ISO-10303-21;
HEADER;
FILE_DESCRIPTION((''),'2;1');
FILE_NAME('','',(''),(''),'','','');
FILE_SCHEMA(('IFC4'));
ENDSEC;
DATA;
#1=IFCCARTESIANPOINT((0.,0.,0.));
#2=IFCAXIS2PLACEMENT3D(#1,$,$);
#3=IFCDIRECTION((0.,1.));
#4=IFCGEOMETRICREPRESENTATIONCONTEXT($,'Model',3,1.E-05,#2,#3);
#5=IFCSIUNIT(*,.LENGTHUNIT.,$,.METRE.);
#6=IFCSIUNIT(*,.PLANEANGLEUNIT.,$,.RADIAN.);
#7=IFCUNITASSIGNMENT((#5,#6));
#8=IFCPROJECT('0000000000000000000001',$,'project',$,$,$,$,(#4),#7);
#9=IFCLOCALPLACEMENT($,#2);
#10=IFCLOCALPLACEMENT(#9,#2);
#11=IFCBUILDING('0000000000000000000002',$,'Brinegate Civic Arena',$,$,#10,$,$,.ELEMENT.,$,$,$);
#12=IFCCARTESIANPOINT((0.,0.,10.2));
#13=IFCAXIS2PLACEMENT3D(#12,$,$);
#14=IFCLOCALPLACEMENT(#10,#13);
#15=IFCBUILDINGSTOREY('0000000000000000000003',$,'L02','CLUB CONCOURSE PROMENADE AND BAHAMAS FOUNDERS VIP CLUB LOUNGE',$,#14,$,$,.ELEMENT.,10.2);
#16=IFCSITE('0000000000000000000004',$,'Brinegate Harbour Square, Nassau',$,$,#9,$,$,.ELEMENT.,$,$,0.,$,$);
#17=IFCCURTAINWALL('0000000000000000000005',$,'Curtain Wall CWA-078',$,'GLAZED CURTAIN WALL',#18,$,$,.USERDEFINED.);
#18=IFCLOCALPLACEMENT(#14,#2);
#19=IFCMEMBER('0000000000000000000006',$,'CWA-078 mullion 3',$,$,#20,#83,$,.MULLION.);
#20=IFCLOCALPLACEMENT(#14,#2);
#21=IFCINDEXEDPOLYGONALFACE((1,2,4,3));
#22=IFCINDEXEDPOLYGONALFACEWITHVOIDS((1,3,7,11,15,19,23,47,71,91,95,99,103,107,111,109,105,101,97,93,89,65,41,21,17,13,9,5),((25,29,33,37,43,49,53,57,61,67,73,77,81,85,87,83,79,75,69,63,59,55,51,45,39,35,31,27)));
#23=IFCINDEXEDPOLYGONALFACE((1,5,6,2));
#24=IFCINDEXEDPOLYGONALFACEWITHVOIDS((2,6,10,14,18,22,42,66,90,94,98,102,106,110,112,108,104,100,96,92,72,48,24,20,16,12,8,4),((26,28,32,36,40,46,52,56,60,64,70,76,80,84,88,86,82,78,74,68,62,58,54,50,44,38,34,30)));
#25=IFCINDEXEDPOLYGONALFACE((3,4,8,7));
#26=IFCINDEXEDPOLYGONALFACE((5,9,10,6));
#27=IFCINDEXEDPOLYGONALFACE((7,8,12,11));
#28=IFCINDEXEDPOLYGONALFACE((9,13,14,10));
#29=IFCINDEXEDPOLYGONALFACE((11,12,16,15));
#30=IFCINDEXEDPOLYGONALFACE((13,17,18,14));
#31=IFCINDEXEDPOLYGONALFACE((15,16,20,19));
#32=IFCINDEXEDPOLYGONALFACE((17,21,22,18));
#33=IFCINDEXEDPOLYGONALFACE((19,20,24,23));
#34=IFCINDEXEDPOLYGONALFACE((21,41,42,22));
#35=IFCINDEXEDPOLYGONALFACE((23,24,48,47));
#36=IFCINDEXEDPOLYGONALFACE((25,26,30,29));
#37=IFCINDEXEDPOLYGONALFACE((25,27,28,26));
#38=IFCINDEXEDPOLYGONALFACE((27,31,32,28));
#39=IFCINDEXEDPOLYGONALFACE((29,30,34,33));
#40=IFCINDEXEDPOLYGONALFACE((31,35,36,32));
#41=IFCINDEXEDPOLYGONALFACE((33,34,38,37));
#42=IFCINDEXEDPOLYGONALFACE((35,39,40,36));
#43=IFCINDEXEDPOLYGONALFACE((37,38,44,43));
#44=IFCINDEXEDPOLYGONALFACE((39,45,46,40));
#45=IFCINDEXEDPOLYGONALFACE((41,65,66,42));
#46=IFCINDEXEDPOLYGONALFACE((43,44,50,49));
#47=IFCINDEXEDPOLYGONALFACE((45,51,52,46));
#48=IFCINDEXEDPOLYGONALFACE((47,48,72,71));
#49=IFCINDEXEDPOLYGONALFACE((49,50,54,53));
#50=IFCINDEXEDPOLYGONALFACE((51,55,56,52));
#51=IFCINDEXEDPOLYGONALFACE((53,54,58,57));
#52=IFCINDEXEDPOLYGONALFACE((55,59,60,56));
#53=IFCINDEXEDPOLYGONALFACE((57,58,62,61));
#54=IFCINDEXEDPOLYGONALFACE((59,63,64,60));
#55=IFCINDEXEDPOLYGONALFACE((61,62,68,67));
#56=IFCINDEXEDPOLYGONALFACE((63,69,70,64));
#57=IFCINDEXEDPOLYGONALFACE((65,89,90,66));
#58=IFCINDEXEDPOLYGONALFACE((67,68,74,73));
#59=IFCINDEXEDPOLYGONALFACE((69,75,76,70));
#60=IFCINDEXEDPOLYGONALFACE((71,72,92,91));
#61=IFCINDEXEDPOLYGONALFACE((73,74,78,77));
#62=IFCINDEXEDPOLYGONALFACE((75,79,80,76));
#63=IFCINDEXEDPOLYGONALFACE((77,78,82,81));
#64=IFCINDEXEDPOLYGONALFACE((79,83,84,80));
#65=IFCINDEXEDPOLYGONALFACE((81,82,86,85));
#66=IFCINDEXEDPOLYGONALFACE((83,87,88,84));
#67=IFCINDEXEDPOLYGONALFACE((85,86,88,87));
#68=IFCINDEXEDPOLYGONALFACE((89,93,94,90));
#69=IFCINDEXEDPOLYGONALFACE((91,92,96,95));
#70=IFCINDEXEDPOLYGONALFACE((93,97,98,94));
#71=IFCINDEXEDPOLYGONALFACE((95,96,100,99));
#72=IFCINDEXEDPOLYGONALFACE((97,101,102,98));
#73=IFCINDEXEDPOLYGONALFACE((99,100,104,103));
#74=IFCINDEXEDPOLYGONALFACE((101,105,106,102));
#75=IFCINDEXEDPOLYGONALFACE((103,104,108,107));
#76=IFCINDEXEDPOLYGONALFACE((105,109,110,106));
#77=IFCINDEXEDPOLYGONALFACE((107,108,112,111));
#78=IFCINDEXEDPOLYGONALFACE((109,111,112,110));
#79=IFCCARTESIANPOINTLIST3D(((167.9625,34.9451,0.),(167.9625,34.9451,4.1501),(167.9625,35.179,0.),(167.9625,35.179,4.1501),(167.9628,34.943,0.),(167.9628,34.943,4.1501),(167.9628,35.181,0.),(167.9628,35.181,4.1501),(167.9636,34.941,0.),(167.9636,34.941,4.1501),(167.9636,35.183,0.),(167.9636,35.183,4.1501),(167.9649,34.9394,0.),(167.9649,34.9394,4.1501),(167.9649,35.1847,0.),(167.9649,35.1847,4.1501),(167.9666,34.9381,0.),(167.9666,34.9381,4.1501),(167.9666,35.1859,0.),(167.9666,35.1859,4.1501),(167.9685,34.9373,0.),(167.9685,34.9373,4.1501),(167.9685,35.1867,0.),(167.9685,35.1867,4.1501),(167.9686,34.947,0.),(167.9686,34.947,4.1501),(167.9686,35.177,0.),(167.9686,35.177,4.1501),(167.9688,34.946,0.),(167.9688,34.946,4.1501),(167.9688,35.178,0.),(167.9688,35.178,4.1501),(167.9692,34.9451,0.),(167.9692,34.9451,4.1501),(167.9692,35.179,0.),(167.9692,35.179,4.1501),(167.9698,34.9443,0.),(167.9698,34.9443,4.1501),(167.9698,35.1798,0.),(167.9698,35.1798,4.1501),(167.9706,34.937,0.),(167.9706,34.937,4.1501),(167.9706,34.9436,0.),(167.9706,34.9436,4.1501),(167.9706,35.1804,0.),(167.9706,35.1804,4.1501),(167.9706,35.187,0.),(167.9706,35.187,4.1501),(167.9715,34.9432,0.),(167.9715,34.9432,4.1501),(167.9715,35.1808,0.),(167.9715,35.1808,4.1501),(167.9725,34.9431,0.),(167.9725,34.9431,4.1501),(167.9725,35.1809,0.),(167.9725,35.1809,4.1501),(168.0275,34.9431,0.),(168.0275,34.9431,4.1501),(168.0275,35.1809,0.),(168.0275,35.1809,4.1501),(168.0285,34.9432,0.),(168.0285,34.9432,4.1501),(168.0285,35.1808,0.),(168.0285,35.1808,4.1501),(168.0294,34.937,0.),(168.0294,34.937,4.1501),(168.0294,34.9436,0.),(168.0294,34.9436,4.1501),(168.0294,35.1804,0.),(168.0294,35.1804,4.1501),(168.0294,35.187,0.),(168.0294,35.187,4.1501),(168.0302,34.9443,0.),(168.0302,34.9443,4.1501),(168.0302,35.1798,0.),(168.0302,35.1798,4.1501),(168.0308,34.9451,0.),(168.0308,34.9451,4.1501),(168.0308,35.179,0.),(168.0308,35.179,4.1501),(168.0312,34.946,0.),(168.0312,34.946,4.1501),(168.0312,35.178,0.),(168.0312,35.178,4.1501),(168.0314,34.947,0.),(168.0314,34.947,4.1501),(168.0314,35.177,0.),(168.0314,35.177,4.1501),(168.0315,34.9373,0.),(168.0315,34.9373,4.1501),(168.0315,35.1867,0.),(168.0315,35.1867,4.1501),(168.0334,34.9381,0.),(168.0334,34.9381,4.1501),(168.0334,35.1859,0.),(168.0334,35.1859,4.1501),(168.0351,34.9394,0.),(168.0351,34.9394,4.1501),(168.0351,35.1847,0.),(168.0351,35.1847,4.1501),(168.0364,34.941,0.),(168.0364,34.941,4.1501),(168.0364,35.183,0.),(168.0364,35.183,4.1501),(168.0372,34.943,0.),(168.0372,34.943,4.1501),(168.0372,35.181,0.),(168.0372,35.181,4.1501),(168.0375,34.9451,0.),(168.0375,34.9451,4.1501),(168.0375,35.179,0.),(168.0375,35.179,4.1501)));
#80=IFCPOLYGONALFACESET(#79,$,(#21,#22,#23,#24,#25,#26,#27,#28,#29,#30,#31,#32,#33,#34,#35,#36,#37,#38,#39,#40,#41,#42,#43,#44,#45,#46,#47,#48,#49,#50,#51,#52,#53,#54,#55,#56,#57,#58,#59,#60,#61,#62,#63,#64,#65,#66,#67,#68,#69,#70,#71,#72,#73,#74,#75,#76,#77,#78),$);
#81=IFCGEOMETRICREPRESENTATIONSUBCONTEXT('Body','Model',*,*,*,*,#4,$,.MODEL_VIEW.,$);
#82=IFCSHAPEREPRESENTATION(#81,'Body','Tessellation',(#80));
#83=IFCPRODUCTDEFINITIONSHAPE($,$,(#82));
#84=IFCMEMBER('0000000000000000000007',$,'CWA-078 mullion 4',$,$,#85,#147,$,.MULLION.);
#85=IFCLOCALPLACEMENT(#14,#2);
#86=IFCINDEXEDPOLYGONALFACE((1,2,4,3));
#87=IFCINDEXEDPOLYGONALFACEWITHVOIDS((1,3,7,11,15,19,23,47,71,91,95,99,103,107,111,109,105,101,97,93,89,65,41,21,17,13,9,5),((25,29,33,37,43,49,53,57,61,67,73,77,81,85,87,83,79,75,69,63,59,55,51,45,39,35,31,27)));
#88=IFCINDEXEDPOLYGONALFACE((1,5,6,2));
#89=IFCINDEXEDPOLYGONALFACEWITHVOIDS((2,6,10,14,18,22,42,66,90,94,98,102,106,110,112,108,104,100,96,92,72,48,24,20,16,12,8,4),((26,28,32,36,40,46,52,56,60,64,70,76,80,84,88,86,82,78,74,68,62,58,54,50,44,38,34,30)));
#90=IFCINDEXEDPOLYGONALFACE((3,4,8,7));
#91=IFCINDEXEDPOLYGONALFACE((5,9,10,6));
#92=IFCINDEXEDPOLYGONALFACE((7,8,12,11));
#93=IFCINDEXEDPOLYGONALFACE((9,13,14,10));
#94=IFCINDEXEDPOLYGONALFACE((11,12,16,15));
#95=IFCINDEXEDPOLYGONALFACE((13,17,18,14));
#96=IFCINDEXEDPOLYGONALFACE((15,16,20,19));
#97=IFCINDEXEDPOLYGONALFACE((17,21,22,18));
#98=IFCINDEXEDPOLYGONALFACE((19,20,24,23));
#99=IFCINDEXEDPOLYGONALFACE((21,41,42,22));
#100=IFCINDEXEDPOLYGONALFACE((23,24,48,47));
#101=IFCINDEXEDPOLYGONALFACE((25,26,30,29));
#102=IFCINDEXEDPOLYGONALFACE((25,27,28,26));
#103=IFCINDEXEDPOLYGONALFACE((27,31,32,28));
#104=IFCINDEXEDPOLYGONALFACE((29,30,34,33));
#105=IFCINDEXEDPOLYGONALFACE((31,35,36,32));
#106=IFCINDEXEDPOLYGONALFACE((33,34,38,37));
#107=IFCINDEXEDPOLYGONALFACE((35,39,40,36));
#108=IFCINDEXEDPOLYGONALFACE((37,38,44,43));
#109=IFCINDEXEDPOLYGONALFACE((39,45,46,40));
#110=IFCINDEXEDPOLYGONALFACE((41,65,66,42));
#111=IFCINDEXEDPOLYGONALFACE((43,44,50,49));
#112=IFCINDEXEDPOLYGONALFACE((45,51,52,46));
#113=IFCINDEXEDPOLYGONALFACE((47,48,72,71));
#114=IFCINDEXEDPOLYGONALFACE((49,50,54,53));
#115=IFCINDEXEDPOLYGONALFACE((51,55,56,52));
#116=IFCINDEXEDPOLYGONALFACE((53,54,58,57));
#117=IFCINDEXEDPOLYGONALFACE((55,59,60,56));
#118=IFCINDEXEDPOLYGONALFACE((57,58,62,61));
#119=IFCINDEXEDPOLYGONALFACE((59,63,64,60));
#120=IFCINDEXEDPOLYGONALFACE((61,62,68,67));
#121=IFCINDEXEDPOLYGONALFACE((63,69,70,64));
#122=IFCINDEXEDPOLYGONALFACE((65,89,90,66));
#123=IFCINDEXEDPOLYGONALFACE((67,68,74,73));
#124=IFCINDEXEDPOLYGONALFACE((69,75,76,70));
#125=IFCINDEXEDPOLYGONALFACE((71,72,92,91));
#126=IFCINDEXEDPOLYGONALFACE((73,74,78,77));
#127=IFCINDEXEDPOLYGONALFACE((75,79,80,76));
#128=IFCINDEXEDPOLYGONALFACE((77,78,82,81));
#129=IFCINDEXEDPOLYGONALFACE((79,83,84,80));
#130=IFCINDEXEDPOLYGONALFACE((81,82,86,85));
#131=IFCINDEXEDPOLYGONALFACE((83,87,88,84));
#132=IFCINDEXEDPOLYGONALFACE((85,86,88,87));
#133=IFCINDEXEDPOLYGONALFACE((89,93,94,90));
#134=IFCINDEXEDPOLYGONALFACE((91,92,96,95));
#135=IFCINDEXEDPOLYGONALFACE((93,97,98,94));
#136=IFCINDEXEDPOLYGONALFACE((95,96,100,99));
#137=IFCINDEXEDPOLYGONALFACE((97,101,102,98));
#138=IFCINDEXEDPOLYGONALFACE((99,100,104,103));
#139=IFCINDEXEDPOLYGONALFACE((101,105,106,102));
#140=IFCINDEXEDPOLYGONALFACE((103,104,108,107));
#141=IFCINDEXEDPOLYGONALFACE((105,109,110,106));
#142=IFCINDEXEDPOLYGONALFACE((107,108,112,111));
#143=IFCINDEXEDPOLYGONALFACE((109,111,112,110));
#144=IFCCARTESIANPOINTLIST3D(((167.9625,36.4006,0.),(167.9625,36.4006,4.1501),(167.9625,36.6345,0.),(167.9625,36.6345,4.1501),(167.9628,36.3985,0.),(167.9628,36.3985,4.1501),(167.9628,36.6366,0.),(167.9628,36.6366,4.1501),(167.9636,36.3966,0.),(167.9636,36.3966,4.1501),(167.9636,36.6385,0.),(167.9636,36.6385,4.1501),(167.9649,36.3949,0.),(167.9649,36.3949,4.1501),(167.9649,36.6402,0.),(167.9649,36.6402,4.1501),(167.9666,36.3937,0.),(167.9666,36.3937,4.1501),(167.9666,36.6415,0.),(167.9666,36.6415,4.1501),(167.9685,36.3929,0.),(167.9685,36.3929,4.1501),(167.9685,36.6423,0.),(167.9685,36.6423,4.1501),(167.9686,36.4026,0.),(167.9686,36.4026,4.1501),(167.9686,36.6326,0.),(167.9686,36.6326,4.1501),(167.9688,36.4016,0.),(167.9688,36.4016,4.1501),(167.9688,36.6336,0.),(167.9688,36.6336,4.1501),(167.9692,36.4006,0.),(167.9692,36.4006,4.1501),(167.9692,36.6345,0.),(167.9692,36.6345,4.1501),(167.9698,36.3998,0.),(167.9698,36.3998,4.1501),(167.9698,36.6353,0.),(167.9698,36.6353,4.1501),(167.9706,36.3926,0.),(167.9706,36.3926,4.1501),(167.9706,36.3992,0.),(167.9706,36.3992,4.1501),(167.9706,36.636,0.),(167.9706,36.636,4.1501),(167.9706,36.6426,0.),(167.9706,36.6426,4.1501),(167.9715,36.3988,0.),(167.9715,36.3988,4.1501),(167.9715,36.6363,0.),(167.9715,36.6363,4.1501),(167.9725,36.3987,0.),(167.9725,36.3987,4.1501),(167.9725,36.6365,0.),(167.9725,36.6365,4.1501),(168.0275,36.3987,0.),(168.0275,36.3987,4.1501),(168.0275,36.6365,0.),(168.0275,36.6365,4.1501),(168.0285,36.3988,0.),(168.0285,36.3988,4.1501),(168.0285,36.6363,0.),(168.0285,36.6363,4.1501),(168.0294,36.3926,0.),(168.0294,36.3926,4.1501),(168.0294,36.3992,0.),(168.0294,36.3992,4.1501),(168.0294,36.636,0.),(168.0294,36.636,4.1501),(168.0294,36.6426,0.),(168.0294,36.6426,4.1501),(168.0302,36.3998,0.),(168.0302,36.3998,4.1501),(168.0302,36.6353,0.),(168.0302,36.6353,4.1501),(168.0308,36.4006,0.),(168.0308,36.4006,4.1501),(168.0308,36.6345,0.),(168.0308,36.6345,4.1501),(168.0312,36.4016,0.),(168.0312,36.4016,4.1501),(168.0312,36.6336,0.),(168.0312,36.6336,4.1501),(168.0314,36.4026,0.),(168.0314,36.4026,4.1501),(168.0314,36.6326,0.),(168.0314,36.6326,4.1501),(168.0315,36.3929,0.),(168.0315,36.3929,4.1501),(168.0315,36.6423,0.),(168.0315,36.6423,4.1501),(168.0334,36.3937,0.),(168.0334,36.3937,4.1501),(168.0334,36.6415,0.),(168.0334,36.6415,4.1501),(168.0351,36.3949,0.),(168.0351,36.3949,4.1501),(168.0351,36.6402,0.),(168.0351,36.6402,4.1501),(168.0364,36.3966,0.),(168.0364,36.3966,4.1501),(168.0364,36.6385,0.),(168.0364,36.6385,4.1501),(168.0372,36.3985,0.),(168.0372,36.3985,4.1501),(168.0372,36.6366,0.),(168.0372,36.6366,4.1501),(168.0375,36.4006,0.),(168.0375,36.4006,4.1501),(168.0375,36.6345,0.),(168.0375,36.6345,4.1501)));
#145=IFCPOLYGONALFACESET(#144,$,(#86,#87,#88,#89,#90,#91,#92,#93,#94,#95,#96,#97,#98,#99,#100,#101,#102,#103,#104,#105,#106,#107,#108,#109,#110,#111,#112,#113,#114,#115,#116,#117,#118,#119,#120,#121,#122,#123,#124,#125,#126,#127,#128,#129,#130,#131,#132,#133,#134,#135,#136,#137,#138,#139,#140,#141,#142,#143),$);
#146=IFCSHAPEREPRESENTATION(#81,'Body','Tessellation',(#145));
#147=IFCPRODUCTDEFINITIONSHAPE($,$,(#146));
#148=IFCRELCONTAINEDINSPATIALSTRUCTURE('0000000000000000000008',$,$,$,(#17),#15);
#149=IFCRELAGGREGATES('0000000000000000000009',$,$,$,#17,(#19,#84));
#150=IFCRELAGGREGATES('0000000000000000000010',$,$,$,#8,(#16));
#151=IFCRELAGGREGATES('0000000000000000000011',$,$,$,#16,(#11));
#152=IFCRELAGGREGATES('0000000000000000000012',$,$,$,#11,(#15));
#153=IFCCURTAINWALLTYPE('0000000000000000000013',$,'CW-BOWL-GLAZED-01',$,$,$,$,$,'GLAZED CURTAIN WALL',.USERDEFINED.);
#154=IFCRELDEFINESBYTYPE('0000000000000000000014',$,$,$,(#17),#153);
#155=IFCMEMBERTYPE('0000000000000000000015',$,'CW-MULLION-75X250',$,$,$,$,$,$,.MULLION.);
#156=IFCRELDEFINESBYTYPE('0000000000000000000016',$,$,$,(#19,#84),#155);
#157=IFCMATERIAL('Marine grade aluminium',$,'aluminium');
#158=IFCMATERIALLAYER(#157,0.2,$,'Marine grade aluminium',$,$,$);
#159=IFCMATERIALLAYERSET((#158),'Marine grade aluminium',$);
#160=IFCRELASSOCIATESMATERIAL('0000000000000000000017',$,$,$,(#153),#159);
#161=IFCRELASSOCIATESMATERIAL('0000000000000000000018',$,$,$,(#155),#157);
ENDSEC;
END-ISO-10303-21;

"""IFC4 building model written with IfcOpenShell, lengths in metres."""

from ifc_helpers import new_model, si_unit, direction, frame, origin, origin_2d, place, context, subcontext, project, spatial, hollow_rectangle, extrude, material, layer, layer_set, material_profile, profile_set, type_object, element, aggregate, save


model = new_model("IFC4")

# Units and contexts
model_context = context("Model", 3, precision=1e-05, world=origin(), true_north=direction((0.0, 1.0)))
body_context = subcontext(model_context, "Body", "Model", "MODEL_VIEW")
ifc_project = project(units=[si_unit("LENGTHUNIT", "METRE"), si_unit("PLANEANGLEUNIT", "RADIAN")], contexts=[model_context])

# Site, building, storey
site_placement = place(None, origin())
site = spatial("IfcSite", under=ifc_project, at=site_placement, Name="Brinegate Harbour Square, Nassau", CompositionType="ELEMENT", RefElevation=0.0)
building_placement = place(site_placement, origin())
building = spatial("IfcBuilding", under=site, at=building_placement, Name="Brinegate Civic Arena", CompositionType="ELEMENT")
storey_placement = place(building_placement, frame((0.0, 0.0, 10.2)))
storey = spatial("IfcBuildingStorey", under=building, at=storey_placement, Name="L02", Description="CLUB CONCOURSE PROMENADE AND BAHAMAS FOUNDERS VIP CLUB LOUNGE", CompositionType="ELEMENT", Elevation=10.2)

# Curtain wall, members
ifc_material_1 = material(Name="Marine grade aluminium", Category="aluminium")
ifc_layer_1 = layer(ifc_material_1, 0.2, Name="Marine grade aluminium")
ifc_layer_set_1 = layer_set([ifc_layer_1], Name="Marine grade aluminium")
curtain_wall_type = type_object("IfcCurtainWallType", Name="CW-BOWL-GLAZED-01", ElementType="GLAZED CURTAIN WALL", PredefinedType="USERDEFINED", material=ifc_layer_set_1)
curtain_wall_1_placement = place(storey_placement, origin())
curtain_wall_1 = element("IfcCurtainWall", 1, at=curtain_wall_1_placement, inside=storey, type_object=curtain_wall_type, Name="Curtain Wall CWA-078", ObjectType="GLAZED CURTAIN WALL", PredefinedType="USERDEFINED")
ifc_material_profile_1 = material_profile(ifc_material_1, hollow_rectangle(XDim=0.075, YDim=0.25, WallThickness=0.0061, InnerFilletRadius=0.0039, OuterFilletRadius=0.0081, at=origin_2d()), Name="MUL75X250")
ifc_profile_set_1 = profile_set([ifc_material_profile_1], Name="Marine grade aluminium")
member_type_1 = type_object("IfcMemberType", Name="CW-MULLION-75X250", PredefinedType="MULLION", material=ifc_profile_set_1)
member_1_placement = place(storey_placement, frame((168.0, 35.062, 0.0), z_axis=(0.0, 0.0, 1.0), x_axis=(-1.0, 0.0, 0.0)))
member_1 = element("IfcMember", 2, at=member_1_placement, type_object=member_type_1, Name="CWA-078 mullion 3", PredefinedType="MULLION", context=body_context, shape_type="SweptSolid", body=[
    extrude(hollow_rectangle(XDim=0.075, YDim=0.25, WallThickness=0.0061, InnerFilletRadius=0.0039, OuterFilletRadius=0.0081, at=origin_2d()), origin(), (0.0, 0.0, 1.0), 4.1501),
])
member_2_placement = place(storey_placement, frame((168.0, 36.5176, 0.0), z_axis=(0.0, 0.0, 1.0), x_axis=(-1.0, 0.0, 0.0)))
member_2 = element("IfcMember", 3, at=member_2_placement, type_object=member_type_1, Name="CWA-078 mullion 4", PredefinedType="MULLION", context=body_context, shape_type="SweptSolid", body=[
    extrude(hollow_rectangle(XDim=0.075, YDim=0.25, WallThickness=0.0061, InnerFilletRadius=0.0039, OuterFilletRadius=0.0081, at=origin_2d()), origin(), (0.0, 0.0, 1.0), 4.1501),
])

aggregate(curtain_wall_1, [member_1, member_2])

save(model, "model.ifc")
